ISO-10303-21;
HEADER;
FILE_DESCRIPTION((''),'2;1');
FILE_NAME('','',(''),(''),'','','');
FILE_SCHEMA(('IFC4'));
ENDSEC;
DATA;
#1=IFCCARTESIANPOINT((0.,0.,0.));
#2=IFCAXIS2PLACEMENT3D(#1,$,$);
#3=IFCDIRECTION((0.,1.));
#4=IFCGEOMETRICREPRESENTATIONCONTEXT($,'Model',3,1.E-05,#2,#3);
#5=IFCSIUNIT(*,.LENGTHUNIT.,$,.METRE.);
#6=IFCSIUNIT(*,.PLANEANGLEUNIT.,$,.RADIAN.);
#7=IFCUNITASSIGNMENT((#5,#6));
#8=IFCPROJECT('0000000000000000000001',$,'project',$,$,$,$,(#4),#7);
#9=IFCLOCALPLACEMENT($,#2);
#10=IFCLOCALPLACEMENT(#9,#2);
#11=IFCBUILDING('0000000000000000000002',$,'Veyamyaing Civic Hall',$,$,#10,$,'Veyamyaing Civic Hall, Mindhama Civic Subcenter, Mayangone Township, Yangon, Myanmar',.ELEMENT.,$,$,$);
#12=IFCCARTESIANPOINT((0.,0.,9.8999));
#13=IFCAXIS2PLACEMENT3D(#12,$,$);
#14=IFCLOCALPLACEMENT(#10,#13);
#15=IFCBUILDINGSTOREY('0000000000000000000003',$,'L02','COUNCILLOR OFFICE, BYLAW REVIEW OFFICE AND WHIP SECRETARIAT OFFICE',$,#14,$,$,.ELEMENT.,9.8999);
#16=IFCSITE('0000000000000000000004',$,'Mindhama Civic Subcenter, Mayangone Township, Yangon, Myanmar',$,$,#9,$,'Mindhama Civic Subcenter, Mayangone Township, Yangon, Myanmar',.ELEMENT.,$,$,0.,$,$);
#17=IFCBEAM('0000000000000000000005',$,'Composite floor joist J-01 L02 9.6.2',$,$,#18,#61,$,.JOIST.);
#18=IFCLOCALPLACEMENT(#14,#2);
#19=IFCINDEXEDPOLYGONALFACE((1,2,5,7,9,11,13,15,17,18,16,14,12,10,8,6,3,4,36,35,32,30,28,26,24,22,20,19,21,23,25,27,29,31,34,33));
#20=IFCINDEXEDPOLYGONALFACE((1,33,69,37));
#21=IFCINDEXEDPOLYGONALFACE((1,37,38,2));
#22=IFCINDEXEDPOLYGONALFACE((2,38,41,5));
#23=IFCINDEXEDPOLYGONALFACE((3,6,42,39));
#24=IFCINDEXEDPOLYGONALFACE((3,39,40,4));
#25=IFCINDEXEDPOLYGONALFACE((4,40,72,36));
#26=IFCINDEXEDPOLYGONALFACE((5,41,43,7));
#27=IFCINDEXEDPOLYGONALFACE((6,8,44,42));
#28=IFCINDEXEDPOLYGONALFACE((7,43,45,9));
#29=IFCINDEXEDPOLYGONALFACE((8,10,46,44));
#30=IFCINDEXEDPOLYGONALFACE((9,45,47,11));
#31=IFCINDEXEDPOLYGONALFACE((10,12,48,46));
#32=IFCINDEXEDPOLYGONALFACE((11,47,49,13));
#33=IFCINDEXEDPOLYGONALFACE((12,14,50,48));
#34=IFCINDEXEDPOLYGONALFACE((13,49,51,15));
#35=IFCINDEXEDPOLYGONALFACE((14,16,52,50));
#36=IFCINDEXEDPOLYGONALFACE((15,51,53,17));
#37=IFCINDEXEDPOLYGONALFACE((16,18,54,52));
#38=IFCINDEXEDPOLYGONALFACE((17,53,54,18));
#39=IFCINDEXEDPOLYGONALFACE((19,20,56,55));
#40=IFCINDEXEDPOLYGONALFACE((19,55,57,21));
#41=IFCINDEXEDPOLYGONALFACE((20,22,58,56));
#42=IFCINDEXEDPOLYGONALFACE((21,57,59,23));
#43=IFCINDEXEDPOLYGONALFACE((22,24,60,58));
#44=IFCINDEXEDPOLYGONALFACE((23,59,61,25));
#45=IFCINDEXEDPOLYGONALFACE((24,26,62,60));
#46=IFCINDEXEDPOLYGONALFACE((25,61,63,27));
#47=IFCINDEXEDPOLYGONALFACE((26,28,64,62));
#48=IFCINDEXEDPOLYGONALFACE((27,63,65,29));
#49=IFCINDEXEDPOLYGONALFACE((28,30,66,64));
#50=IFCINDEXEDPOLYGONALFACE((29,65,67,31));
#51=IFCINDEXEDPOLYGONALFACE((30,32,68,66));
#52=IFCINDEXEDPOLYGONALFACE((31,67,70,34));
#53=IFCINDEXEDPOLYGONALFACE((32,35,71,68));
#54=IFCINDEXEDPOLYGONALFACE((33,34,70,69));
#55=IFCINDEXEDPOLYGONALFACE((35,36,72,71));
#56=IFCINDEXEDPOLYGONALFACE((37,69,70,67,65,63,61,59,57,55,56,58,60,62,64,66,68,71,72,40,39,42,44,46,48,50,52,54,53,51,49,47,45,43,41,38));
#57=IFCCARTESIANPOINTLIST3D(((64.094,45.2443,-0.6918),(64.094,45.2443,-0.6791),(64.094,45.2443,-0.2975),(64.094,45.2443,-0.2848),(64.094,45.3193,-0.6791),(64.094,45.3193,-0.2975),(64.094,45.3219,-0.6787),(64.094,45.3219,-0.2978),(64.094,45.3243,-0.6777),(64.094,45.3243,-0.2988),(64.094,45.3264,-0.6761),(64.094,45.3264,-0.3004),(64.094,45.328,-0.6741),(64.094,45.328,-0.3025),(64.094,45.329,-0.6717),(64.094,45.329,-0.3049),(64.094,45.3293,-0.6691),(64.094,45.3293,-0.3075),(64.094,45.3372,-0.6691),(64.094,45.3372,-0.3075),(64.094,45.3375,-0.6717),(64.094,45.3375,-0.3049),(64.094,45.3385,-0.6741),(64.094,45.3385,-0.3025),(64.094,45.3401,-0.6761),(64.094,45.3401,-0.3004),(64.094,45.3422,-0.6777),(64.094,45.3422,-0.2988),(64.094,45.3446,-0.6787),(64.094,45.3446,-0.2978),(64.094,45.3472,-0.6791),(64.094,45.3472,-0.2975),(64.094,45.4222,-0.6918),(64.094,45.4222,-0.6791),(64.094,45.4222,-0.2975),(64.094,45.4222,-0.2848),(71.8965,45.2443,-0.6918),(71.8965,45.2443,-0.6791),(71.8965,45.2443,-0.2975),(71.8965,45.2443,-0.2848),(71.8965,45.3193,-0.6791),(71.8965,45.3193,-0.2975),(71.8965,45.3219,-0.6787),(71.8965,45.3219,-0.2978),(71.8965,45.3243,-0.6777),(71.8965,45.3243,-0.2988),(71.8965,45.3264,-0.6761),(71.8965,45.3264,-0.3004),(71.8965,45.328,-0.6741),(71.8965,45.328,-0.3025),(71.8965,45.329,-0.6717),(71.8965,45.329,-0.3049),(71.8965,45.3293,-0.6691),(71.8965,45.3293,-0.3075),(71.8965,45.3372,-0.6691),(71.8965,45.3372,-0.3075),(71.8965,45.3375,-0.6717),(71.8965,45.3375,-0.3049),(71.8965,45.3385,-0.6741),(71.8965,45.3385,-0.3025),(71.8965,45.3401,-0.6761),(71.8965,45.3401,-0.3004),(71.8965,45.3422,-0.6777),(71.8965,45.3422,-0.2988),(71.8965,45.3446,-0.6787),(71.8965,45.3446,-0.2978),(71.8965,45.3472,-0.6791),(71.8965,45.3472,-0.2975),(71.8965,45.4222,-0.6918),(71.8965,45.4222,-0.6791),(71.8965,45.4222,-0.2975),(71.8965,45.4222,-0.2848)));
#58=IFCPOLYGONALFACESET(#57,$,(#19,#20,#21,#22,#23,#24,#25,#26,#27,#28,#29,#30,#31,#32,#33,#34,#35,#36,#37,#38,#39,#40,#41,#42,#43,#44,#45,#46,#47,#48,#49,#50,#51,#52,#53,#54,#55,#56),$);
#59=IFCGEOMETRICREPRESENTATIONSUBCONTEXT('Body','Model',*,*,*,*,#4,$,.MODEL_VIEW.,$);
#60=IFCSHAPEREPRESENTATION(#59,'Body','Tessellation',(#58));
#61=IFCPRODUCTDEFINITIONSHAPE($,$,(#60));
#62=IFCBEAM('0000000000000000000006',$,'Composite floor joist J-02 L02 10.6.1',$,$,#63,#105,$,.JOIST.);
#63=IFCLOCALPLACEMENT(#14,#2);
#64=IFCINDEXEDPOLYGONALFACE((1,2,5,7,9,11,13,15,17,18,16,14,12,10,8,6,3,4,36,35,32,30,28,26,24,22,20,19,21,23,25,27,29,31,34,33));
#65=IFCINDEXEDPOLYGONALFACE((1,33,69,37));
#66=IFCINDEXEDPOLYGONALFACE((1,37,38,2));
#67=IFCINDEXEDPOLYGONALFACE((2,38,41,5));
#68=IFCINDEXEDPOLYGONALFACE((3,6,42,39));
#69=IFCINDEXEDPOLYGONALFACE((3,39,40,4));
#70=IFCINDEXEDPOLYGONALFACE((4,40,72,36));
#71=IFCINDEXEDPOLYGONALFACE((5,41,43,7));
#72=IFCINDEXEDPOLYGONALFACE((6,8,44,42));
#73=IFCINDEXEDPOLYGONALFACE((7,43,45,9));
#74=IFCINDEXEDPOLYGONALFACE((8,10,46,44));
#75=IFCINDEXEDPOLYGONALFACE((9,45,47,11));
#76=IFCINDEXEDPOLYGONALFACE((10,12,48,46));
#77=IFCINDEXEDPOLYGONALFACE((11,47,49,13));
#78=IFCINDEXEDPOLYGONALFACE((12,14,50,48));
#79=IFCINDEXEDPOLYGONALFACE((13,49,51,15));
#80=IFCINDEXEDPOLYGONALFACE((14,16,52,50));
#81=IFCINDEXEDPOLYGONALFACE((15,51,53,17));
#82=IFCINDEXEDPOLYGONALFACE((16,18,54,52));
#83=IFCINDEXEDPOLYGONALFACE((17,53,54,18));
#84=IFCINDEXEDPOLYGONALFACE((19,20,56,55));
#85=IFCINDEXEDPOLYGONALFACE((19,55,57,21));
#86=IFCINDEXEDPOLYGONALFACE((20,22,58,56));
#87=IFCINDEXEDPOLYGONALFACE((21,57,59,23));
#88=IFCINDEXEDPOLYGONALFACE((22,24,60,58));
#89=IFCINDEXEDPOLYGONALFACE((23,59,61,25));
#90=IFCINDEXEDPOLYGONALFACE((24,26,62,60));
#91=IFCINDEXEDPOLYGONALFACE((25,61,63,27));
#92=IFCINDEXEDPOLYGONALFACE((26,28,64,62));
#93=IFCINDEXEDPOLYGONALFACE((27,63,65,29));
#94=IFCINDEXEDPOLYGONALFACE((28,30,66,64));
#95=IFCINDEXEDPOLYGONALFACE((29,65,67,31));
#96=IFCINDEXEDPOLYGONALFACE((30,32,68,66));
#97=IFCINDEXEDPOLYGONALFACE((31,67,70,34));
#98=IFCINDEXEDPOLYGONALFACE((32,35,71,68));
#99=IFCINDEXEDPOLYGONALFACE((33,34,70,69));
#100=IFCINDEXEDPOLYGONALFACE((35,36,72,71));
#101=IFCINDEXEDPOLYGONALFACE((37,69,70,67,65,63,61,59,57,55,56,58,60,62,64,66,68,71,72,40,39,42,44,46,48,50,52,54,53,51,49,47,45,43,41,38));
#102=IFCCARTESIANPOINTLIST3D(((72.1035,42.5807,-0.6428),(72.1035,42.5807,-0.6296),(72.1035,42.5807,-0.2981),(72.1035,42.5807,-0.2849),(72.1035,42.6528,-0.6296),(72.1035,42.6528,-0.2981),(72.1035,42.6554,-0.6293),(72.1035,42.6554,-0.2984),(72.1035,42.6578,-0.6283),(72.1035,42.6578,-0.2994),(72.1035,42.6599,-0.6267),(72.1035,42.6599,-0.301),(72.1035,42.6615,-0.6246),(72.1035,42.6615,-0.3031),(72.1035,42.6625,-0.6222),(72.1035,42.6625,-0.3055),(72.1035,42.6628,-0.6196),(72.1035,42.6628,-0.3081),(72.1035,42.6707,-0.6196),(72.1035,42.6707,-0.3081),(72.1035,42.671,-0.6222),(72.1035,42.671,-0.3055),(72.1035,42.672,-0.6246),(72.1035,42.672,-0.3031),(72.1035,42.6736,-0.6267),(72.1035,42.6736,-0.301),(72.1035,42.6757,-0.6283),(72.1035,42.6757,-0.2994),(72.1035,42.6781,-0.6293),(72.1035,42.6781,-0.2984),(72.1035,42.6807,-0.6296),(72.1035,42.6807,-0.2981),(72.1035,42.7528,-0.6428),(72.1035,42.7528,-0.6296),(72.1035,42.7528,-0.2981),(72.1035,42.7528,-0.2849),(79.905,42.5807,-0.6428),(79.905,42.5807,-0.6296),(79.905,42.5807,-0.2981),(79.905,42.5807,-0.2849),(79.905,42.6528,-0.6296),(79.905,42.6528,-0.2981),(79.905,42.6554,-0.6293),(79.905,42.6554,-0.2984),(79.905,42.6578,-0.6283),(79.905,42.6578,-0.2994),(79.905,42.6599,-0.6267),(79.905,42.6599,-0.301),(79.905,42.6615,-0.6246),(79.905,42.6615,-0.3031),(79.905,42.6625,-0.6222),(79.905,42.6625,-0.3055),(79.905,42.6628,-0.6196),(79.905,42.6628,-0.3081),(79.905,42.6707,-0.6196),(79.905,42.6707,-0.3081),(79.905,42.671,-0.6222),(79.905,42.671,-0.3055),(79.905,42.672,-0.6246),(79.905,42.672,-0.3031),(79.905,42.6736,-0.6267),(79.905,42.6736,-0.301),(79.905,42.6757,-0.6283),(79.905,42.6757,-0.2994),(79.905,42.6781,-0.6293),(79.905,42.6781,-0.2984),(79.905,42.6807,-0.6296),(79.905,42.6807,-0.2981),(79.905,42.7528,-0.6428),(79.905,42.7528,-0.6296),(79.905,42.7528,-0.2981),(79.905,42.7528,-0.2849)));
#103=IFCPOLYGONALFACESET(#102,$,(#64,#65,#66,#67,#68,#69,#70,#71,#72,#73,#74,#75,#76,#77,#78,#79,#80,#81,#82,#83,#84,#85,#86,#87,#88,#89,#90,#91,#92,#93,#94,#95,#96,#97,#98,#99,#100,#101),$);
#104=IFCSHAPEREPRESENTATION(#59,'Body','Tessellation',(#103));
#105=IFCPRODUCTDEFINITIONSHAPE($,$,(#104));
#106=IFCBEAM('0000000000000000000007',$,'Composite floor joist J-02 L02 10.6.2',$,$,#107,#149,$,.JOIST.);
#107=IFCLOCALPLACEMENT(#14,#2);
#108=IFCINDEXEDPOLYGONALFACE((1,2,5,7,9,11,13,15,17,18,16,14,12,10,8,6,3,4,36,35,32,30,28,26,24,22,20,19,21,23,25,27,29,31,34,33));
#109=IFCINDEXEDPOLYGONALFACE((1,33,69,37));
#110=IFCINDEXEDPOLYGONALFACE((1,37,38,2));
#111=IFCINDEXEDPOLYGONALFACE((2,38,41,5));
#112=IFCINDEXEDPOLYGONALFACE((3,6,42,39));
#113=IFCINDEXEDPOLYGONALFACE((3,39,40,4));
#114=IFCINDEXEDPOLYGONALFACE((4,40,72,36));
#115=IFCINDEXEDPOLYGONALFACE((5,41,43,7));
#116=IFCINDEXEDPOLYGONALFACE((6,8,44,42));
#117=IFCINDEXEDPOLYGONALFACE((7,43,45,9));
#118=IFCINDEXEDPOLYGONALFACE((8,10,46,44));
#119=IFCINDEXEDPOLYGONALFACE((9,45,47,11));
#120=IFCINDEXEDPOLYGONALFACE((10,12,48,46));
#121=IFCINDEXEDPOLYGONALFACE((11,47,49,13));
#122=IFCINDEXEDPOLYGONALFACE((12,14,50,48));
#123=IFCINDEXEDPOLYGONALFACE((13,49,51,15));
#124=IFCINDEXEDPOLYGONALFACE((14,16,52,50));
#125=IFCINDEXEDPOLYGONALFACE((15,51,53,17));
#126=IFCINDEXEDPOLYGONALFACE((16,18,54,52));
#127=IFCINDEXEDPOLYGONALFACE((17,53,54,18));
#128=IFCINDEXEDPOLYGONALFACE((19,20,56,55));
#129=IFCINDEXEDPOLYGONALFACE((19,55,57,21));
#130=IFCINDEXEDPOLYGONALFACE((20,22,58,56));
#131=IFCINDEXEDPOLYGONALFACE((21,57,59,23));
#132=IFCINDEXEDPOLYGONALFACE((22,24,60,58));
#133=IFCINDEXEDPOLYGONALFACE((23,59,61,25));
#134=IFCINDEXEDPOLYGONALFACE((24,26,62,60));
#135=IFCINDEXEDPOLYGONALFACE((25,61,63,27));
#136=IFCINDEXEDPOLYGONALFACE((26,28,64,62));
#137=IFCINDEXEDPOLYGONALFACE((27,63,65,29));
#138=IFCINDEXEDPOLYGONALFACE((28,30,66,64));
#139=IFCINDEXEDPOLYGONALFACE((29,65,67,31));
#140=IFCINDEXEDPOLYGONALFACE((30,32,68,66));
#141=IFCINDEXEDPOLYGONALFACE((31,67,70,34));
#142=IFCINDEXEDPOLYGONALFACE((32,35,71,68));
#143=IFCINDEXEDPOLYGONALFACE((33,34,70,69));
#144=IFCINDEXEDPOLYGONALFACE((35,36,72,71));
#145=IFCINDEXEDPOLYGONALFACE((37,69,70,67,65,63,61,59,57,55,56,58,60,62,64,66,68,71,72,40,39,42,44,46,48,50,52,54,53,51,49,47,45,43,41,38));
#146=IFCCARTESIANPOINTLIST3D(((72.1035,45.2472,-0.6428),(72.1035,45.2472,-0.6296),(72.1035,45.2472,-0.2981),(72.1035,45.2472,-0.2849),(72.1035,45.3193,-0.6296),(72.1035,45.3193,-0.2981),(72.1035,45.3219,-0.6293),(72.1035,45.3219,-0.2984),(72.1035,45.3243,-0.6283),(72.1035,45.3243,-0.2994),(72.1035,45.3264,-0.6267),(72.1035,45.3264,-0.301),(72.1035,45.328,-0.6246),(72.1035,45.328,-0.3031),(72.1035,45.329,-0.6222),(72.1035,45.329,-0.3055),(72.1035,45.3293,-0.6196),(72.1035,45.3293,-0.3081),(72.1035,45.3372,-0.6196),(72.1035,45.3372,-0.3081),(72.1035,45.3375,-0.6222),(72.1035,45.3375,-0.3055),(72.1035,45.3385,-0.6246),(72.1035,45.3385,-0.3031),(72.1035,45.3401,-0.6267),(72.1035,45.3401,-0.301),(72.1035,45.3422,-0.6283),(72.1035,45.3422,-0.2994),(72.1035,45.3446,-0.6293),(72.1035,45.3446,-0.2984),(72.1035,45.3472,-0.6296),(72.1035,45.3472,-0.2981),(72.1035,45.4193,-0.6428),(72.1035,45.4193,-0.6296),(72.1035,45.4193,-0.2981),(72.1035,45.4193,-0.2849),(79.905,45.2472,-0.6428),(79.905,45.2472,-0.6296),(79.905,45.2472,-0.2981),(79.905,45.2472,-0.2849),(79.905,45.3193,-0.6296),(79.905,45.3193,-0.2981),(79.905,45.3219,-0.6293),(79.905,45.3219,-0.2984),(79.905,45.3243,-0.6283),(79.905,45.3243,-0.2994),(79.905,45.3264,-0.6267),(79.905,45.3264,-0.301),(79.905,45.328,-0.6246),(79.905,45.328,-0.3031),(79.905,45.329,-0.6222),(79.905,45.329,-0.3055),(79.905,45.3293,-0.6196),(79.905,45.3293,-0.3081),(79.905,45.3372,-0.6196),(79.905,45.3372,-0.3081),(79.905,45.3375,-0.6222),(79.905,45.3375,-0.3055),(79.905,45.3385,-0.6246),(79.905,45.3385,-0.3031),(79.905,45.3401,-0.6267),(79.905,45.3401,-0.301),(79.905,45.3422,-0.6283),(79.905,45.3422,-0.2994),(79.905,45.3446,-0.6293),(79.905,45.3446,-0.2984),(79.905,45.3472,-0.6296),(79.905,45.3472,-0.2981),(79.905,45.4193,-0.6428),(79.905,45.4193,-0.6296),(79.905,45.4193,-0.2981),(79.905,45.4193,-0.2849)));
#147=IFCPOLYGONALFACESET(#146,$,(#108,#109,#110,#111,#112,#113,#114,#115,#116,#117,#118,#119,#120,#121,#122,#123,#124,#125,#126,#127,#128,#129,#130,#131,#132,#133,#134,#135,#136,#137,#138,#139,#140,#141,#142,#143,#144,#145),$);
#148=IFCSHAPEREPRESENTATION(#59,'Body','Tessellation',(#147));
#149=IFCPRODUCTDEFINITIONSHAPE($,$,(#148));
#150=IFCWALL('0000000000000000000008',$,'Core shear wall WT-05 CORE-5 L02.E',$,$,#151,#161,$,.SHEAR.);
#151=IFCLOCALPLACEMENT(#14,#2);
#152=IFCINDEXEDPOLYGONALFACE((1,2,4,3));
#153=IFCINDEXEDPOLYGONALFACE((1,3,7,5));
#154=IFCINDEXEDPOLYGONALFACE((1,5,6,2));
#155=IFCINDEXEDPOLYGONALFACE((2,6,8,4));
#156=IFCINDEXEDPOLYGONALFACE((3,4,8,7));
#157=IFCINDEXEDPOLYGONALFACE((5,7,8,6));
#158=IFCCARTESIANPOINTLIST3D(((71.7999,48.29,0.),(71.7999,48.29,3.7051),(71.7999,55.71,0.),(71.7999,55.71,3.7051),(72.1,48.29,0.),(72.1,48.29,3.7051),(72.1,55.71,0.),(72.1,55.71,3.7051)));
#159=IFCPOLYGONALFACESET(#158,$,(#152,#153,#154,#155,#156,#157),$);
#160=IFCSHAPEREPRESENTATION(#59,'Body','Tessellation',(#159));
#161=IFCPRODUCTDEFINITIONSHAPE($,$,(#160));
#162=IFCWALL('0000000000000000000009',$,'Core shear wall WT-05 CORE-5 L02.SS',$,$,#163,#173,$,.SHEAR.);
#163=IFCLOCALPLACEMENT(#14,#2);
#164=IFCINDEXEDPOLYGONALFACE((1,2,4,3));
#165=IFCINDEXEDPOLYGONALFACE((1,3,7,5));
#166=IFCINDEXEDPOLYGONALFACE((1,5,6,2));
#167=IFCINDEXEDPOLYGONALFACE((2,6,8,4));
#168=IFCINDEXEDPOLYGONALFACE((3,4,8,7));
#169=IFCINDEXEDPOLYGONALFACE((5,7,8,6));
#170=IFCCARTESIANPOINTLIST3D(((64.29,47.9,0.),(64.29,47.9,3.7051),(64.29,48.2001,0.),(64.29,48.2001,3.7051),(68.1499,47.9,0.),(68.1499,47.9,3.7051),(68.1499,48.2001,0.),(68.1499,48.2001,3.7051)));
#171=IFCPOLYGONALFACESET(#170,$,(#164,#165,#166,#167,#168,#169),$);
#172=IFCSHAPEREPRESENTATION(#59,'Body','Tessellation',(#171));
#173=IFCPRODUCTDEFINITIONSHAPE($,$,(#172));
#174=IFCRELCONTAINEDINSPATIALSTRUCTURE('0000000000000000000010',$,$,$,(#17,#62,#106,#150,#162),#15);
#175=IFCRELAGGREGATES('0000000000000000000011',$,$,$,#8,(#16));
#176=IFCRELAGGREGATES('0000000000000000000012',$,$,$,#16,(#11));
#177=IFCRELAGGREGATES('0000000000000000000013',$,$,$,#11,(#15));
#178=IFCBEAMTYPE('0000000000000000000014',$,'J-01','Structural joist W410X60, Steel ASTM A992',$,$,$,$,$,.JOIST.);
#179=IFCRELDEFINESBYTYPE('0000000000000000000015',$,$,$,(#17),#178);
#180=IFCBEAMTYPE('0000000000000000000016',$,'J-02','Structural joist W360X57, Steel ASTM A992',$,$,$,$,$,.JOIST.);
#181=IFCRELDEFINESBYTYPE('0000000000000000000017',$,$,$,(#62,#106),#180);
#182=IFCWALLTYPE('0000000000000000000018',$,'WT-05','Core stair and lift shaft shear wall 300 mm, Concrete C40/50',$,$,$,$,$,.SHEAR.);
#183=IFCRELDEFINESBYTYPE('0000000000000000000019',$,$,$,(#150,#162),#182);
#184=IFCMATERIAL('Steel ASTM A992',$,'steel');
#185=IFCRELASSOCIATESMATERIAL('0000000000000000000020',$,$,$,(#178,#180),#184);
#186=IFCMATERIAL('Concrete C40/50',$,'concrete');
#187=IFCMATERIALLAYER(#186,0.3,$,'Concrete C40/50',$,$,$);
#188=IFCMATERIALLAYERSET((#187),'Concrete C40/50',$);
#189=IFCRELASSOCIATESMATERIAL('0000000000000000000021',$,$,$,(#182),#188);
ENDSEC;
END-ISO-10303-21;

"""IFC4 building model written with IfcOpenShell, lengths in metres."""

from ifc_helpers import new_model, si_unit, direction, frame, frame_2d, origin, origin_2d, place, context, subcontext, project, spatial, rectangle, i_section, extrude, material, layer, layer_set, material_profile, profile_set, type_object, element, save


model = new_model("IFC4")

# Units and contexts
model_context = context("Model", 3, precision=1e-05, world=origin(), true_north=direction((0.0, 1.0)))
body_context = subcontext(model_context, "Body", "Model", "MODEL_VIEW")
ifc_project = project(units=[si_unit("LENGTHUNIT", "METRE"), si_unit("PLANEANGLEUNIT", "RADIAN")], contexts=[model_context])

# Site, building, storey
site_placement = place(None, origin())
site = spatial("IfcSite", under=ifc_project, at=site_placement, Name="Mindhama Civic Subcenter, Mayangone Township, Yangon, Myanmar", LongName="Mindhama Civic Subcenter, Mayangone Township, Yangon, Myanmar", CompositionType="ELEMENT", RefElevation=0.0)
building_placement = place(site_placement, origin())
building = spatial("IfcBuilding", under=site, at=building_placement, Name="Veyamyaing Civic Hall", LongName="Veyamyaing Civic Hall, Mindhama Civic Subcenter, Mayangone Township, Yangon, Myanmar", CompositionType="ELEMENT")
storey_placement = place(building_placement, frame((0.0, 0.0, 9.8999)))
storey = spatial("IfcBuildingStorey", under=building, at=storey_placement, Name="L02", Description="COUNCILLOR OFFICE, BYLAW REVIEW OFFICE AND WHIP SECRETARIAT OFFICE", CompositionType="ELEMENT", Elevation=9.8999)

# Beams
ifc_material_1 = material(Name="Steel ASTM A992", Category="steel")
ifc_material_profile_1 = material_profile(ifc_material_1, i_section(OverallWidth=0.178, OverallDepth=0.407, WebThickness=0.0078, FlangeThickness=0.0127, FilletRadius=0.01, at=origin_2d()), Name="W410X60")
ifc_profile_set_1 = profile_set([ifc_material_profile_1], Name="Steel ASTM A992")
beam_type_1 = type_object("IfcBeamType", Name="J-01", Description="Structural joist W410X60, Steel ASTM A992", PredefinedType="JOIST", material=ifc_profile_set_1)
for number, where, z_axis, x_axis, name in (
    (1, (64.094, 45.3333, -0.4883), (1.0, 0.0, 0.0), (0.0, 1.0, 0.0), "Composite floor joist J-01 L02 9.6.2"),
):
    element("IfcBeam", number, at=place(storey_placement, frame(where, z_axis=z_axis, x_axis=x_axis)), inside=storey, type_object=beam_type_1, Name=name, PredefinedType="JOIST", context=body_context, shape_type="SweptSolid", body=[
        extrude(i_section(OverallWidth=0.178, OverallDepth=0.407, WebThickness=0.0078, FlangeThickness=0.0127, FilletRadius=0.01, at=origin_2d()), origin(), (0.0, 0.0, 1.0), 7.8025),
    ])
ifc_material_profile_2 = material_profile(ifc_material_1, i_section(OverallWidth=0.1721, OverallDepth=0.3579, WebThickness=0.0078, FlangeThickness=0.0132, FilletRadius=0.01, at=origin_2d()), Name="W360X57")
ifc_profile_set_2 = profile_set([ifc_material_profile_2], Name="Steel ASTM A992")
beam_type_2 = type_object("IfcBeamType", Name="J-02", Description="Structural joist W360X57, Steel ASTM A992", PredefinedType="JOIST", material=ifc_profile_set_2)
for number, where, z_axis, x_axis, name in (
    (2, (72.1035, 42.6667, -0.4639), (1.0, 0.0, 0.0), (0.0, 1.0, 0.0), "Composite floor joist J-02 L02 10.6.1"),
    (3, (72.1035, 45.3333, -0.4639), (1.0, 0.0, 0.0), (0.0, 1.0, 0.0), "Composite floor joist J-02 L02 10.6.2"),
):
    element("IfcBeam", number, at=place(storey_placement, frame(where, z_axis=z_axis, x_axis=x_axis)), inside=storey, type_object=beam_type_2, Name=name, PredefinedType="JOIST", context=body_context, shape_type="SweptSolid", body=[
        extrude(i_section(OverallWidth=0.1721, OverallDepth=0.3579, WebThickness=0.0078, FlangeThickness=0.0132, FilletRadius=0.01, at=origin_2d()), origin(), (0.0, 0.0, 1.0), 7.8015),
    ])

# Walls
ifc_material_2 = material(Name="Concrete C40/50", Category="concrete")
ifc_layer_1 = layer(ifc_material_2, 0.3, Name="Concrete C40/50")
ifc_layer_set_1 = layer_set([ifc_layer_1], Name="Concrete C40/50")
wall_type_1 = type_object("IfcWallType", Name="WT-05", Description="Core stair and lift shaft shear wall 300 mm, Concrete C40/50", PredefinedType="SHEAR", material=ifc_layer_set_1)
wall_1_placement = place(storey_placement, frame((71.95, 48.29, 0.0), z_axis=(0.0, 0.0, 1.0), x_axis=(0.0, 1.0, 0.0)))
element("IfcWall", 4, at=wall_1_placement, inside=storey, type_object=wall_type_1, Name="Core shear wall WT-05 CORE-5 L02.E", PredefinedType="SHEAR", context=body_context, shape_type="SweptSolid", body=[
    extrude(rectangle(XDim=7.4199, YDim=0.3, at=frame_2d((3.71, 0.0))), origin(), (0.0, 0.0, 1.0), 3.7051),
])
wall_2_placement = place(storey_placement, frame((64.29, 48.05, 0.0), z_axis=(0.0, 0.0, 1.0), x_axis=(1.0, 0.0, 0.0)))
element("IfcWall", 5, at=wall_2_placement, inside=storey, type_object=wall_type_1, Name="Core shear wall WT-05 CORE-5 L02.SS", PredefinedType="SHEAR", context=body_context, shape_type="SweptSolid", body=[
    extrude(rectangle(XDim=3.8599, YDim=0.3, at=frame_2d((1.9299, 0.0))), origin(), (0.0, 0.0, 1.0), 3.7051),
])

save(model, "model.ifc")
